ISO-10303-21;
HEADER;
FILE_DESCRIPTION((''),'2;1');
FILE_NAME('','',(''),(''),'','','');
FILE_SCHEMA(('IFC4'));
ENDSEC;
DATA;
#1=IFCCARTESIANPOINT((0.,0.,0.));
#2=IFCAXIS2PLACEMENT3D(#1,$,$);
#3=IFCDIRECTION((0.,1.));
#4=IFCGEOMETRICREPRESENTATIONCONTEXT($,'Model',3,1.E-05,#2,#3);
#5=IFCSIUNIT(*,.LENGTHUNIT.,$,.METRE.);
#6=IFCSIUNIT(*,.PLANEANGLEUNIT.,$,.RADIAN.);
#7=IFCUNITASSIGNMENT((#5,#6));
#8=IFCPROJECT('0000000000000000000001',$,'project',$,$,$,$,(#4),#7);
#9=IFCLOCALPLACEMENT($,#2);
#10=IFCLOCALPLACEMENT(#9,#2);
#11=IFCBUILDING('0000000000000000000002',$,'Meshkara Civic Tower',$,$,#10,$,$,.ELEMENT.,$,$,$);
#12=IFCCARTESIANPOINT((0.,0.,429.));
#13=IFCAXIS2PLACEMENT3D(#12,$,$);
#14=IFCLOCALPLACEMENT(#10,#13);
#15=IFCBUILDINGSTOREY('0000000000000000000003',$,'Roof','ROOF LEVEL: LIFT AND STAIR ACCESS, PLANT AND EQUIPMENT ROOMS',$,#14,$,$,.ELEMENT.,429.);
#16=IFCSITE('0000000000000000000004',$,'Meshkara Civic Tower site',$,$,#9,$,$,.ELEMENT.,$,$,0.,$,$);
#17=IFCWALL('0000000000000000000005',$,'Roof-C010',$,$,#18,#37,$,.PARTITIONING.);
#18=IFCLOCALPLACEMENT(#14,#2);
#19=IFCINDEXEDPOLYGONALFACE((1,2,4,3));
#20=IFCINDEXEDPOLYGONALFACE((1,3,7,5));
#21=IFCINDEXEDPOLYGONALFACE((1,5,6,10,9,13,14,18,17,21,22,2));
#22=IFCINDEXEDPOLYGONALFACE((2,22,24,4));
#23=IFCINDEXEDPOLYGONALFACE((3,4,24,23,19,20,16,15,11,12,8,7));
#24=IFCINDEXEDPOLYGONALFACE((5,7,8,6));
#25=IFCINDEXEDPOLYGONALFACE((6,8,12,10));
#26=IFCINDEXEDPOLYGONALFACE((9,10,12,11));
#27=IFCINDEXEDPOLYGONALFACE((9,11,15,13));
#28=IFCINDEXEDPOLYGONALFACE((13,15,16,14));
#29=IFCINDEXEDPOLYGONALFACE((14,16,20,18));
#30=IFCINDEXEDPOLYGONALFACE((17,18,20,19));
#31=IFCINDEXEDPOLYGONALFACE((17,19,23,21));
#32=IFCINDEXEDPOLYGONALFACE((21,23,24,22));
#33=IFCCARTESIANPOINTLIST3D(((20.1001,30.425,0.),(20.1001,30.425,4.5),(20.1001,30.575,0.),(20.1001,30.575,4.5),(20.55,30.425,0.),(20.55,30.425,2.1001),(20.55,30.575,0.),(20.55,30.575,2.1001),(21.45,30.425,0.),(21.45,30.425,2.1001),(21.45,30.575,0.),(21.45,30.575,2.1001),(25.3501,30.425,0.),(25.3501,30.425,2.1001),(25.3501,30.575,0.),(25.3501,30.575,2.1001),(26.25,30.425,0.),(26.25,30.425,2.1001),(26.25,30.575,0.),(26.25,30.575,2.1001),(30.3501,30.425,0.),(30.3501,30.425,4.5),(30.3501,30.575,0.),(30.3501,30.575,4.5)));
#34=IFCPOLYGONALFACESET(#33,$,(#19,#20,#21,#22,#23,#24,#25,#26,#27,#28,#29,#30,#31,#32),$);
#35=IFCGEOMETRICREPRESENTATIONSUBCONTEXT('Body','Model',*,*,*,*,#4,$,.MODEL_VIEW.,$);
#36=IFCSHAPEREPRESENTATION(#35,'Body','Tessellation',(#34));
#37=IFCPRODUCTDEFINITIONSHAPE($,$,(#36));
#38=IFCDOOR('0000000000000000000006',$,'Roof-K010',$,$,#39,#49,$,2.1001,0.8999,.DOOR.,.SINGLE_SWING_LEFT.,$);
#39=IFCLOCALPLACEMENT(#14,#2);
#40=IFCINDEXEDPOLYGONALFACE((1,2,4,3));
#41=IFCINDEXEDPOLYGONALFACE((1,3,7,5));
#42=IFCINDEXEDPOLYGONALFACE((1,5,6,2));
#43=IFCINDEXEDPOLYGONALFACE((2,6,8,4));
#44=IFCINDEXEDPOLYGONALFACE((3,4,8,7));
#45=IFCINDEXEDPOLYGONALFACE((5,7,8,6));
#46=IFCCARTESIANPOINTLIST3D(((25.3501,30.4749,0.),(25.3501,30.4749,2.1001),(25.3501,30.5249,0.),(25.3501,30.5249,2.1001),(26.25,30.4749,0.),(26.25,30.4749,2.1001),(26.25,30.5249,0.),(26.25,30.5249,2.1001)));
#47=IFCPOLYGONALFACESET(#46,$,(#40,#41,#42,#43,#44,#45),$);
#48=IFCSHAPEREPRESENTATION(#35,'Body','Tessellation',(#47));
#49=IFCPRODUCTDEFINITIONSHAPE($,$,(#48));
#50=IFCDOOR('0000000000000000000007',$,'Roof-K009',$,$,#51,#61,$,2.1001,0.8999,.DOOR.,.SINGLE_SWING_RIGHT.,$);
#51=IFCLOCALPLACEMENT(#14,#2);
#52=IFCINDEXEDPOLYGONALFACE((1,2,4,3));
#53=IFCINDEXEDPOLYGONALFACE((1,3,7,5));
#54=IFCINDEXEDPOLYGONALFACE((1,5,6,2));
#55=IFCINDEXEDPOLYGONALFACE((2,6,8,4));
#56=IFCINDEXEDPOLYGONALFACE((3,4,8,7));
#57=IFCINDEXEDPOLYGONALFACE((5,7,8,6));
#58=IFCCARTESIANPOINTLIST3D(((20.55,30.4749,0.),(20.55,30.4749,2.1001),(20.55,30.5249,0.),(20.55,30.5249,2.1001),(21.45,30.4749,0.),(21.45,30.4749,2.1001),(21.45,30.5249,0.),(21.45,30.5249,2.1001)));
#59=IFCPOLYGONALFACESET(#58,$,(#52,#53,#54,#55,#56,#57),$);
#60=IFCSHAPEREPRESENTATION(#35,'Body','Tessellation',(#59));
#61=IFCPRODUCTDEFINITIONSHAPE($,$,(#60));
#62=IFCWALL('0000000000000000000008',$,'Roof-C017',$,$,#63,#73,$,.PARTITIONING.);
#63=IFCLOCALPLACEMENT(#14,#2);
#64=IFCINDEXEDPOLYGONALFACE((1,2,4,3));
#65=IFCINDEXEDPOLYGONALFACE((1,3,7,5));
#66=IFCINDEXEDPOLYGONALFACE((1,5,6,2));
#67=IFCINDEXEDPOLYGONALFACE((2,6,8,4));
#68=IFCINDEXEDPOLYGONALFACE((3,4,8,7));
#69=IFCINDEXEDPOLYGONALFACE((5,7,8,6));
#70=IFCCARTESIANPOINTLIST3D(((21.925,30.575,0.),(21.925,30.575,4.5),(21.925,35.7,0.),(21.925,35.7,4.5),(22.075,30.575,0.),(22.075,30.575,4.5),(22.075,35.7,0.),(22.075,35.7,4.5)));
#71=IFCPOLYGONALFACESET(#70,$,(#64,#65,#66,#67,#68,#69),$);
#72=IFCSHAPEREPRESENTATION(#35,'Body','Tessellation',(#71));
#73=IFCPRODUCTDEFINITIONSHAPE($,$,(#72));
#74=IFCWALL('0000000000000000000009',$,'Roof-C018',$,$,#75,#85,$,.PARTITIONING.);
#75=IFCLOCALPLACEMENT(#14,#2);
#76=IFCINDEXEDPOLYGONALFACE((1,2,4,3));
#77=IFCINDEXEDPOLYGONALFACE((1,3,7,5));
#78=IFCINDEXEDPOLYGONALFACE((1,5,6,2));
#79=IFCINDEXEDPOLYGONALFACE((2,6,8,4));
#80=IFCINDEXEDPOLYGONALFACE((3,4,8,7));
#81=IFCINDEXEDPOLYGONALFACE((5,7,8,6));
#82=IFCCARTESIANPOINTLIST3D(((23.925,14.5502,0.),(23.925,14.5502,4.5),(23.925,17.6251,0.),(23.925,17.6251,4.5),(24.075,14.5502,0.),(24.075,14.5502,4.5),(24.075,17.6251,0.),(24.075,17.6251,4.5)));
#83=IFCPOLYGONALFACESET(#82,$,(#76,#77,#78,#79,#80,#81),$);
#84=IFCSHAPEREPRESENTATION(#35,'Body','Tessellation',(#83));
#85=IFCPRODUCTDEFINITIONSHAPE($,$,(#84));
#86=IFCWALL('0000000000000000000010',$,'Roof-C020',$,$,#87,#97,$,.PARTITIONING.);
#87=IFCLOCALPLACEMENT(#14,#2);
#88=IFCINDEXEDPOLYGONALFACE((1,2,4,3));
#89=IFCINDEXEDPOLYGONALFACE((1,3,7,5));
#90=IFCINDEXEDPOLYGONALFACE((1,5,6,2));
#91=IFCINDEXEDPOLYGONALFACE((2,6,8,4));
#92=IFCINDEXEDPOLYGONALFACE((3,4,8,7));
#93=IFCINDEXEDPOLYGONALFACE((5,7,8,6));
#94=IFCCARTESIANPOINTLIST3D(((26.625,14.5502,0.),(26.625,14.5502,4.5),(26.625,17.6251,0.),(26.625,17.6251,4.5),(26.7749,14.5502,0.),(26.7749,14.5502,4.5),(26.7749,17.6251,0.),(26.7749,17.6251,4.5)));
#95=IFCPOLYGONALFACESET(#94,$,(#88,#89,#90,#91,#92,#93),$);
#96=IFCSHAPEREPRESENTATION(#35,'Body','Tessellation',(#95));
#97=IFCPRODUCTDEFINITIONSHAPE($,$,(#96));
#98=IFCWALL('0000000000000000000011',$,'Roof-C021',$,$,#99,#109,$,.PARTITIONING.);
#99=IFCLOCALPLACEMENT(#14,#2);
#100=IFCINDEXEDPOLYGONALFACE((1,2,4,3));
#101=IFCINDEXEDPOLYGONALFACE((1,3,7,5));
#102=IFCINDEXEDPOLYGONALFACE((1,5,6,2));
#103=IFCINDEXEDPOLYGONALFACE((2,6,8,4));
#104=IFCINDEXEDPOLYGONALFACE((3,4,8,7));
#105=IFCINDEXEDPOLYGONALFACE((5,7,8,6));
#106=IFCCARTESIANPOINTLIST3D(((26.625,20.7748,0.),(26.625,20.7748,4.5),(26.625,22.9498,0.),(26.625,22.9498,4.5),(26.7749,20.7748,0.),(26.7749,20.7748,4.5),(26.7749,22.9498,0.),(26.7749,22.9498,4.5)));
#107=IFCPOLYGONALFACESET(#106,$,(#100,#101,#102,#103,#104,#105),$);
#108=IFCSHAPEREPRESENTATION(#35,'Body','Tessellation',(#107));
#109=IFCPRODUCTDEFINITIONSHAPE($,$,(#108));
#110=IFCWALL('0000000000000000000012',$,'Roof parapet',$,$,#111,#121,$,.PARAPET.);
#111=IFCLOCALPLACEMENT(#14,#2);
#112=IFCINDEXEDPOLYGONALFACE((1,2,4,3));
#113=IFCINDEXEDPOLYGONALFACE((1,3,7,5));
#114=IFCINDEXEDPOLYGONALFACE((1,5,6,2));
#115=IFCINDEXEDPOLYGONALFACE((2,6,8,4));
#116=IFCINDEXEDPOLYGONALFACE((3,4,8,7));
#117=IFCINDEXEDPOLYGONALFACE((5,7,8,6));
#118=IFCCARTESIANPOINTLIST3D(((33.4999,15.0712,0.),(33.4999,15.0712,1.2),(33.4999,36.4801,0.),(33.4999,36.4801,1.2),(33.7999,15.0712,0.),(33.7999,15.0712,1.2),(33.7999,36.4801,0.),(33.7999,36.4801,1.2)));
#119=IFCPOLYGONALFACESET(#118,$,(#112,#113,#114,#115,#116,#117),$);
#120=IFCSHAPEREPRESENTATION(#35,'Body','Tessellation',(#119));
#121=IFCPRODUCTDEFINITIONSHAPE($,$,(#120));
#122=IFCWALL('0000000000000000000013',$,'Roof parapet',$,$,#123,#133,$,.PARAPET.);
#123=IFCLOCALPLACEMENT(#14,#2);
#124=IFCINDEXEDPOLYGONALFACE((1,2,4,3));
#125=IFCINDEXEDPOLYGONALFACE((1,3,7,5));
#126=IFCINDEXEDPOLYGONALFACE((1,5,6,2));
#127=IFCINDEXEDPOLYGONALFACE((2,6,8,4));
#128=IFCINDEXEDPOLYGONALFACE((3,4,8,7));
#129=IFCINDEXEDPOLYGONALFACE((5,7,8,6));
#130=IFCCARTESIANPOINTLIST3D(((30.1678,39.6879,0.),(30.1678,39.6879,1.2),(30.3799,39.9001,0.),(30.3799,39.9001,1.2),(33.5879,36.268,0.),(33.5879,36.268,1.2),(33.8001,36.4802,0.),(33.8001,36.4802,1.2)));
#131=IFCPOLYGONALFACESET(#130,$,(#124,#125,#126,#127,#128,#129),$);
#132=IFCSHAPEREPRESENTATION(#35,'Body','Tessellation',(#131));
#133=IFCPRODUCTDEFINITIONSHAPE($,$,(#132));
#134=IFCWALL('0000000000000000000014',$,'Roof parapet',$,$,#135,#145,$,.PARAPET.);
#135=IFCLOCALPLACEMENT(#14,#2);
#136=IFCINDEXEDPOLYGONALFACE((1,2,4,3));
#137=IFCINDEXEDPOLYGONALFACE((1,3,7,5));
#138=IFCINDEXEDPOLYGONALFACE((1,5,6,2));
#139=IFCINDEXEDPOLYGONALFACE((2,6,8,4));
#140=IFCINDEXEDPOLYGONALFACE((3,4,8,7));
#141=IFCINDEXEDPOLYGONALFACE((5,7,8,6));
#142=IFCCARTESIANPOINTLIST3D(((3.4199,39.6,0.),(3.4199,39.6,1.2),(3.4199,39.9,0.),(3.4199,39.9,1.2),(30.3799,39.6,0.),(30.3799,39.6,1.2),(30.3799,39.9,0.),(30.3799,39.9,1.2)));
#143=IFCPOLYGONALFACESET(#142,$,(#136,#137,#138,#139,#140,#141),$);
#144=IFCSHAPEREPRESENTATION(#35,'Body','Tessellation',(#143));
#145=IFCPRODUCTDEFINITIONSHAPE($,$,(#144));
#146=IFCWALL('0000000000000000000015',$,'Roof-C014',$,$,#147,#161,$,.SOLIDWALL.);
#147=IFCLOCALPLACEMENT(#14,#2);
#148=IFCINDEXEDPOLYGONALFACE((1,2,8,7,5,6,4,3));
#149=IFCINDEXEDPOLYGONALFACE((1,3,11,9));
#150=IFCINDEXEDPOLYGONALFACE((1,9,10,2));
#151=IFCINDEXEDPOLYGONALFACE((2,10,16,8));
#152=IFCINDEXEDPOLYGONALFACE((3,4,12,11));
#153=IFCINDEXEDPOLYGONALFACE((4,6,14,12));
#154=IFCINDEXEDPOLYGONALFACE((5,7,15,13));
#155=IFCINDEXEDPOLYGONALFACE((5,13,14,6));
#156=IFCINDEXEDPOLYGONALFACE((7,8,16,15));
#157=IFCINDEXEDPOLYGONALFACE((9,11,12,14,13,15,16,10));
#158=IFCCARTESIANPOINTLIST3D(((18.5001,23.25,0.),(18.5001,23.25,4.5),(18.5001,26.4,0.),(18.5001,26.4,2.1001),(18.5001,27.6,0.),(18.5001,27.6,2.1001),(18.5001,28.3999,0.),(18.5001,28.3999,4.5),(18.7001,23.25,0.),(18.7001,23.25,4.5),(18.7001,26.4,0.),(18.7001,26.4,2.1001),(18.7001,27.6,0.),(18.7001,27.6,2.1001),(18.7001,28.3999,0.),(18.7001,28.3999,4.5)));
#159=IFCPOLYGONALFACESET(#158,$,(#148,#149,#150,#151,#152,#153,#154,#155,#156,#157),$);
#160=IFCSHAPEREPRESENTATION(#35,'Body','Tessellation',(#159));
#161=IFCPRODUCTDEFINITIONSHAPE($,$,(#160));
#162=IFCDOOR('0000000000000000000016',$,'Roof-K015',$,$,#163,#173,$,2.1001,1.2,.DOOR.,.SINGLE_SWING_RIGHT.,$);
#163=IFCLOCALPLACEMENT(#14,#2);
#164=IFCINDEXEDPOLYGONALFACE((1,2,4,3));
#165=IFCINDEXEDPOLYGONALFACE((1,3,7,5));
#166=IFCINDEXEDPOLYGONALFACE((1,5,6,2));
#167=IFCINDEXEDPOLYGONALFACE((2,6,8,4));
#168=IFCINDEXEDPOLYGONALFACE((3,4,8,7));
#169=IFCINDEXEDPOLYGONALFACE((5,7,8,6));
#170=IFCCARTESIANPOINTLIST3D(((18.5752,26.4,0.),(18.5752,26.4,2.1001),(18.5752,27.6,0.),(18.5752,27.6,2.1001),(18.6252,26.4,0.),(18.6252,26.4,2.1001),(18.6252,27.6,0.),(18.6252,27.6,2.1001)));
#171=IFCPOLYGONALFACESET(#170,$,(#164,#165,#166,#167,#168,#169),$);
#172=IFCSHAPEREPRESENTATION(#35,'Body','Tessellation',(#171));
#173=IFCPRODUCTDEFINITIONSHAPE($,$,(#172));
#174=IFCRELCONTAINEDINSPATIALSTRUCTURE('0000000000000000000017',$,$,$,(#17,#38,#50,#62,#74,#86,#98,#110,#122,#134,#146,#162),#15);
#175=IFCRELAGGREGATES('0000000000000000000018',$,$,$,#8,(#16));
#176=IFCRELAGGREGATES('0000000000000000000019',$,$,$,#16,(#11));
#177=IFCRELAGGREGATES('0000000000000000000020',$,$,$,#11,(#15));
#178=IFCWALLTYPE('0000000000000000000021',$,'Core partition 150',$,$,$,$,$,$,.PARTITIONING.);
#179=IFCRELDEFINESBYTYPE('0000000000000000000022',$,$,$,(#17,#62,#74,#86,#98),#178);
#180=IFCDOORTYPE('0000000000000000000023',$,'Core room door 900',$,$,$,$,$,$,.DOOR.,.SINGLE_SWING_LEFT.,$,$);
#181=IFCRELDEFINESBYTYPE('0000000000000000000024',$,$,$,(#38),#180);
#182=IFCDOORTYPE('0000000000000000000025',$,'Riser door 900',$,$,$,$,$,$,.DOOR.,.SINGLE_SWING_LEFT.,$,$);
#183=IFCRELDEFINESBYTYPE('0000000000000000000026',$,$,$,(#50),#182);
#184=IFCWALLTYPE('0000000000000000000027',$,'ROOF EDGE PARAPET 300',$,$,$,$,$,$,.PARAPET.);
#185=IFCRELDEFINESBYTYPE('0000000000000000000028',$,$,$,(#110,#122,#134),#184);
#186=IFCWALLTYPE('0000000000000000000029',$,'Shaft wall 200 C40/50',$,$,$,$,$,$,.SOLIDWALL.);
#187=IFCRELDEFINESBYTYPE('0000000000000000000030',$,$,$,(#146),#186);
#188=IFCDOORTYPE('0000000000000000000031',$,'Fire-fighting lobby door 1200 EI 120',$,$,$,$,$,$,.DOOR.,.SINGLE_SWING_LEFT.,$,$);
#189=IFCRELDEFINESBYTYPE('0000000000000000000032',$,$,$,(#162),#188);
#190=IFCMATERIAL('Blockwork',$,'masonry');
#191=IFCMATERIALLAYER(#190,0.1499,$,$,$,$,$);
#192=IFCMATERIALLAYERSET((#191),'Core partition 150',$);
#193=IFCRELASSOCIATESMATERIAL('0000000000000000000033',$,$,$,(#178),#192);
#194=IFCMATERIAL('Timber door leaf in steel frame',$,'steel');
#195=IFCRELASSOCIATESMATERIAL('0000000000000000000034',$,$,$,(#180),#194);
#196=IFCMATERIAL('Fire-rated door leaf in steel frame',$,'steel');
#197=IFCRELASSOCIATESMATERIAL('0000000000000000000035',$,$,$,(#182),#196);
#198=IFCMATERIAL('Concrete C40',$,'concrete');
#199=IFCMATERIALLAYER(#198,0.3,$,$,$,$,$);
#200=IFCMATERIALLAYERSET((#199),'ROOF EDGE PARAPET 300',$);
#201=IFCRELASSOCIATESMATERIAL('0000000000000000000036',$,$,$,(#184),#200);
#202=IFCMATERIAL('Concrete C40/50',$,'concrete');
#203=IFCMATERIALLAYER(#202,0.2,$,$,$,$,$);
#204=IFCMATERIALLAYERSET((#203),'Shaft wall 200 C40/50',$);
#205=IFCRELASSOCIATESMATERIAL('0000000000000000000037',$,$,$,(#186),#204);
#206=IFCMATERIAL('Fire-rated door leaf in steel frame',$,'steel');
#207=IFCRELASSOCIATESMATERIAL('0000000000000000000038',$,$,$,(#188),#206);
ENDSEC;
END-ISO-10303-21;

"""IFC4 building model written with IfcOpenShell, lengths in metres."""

from ifc_helpers import new_model, si_unit, direction, frame, frame_2d, origin, place, context, subcontext, project, spatial, rectangle, extrude, material, layer, layer_set, type_object, element, fill, save


model = new_model("IFC4")

# Units and contexts
model_context = context("Model", 3, precision=1e-05, world=origin(), true_north=direction((0.0, 1.0)))
body_context = subcontext(model_context, "Body", "Model", "MODEL_VIEW")
ifc_project = project(units=[si_unit("LENGTHUNIT", "METRE"), si_unit("PLANEANGLEUNIT", "RADIAN")], contexts=[model_context])

# Site, building, storey
site_placement = place(None, origin())
site = spatial("IfcSite", under=ifc_project, at=site_placement, Name="Meshkara Civic Tower site", CompositionType="ELEMENT", RefElevation=0.0)
building_placement = place(site_placement, origin())
building = spatial("IfcBuilding", under=site, at=building_placement, Name="Meshkara Civic Tower", CompositionType="ELEMENT")
storey_placement = place(building_placement, frame((0.0, 0.0, 429.0)))
storey = spatial("IfcBuildingStorey", under=building, at=storey_placement, Name="Roof", Description="ROOF LEVEL: LIFT AND STAIR ACCESS, PLANT AND EQUIPMENT ROOMS", CompositionType="ELEMENT", Elevation=429.0)

# Wall, openings, doors
ifc_material_1 = material(Name="Blockwork", Category="masonry")
ifc_layer_1 = layer(ifc_material_1, 0.1499)
ifc_layer_set_1 = layer_set([ifc_layer_1], Name="Core partition 150")
wall_type_1 = type_object("IfcWallType", Name="Core partition 150", PredefinedType="PARTITIONING", material=ifc_layer_set_1)
wall_1_placement = place(storey_placement, frame((20.1001, 30.5, 0.0), z_axis=(0.0, 0.0, 1.0), x_axis=(1.0, 0.0, 0.0)))
wall_1 = element("IfcWall", 1, at=wall_1_placement, inside=storey, type_object=wall_type_1, Name="Roof-C010", PredefinedType="PARTITIONING", context=body_context, shape_type="SweptSolid", body=[
    extrude(rectangle(XDim=10.25, YDim=0.1499, at=frame_2d((5.125, 0.0))), origin(), (0.0, 0.0, 1.0), 4.5),
])
opening_1_placement = place(wall_1_placement, frame((0.45, 0.0, 0.0)))
opening_1 = element("IfcOpeningElement", 2, at=opening_1_placement, cuts=wall_1, PredefinedType="OPENING", context=body_context, shape_type="SweptSolid", body=[
    extrude(rectangle(XDim=0.8999, YDim=2.1001, at=frame_2d((0.45, 1.05))), frame((0.0, 0.085, 0.0), z_axis=(0.0, -1.0, 0.0), x_axis=(1.0, 0.0, 0.0)), (0.0, 0.0, 1.0), 0.1699),
])
opening_2_placement = place(wall_1_placement, frame((5.25, 0.0, 0.0)))
opening_2 = element("IfcOpeningElement", 3, at=opening_2_placement, cuts=wall_1, PredefinedType="OPENING", context=body_context, shape_type="SweptSolid", body=[
    extrude(rectangle(XDim=0.8999, YDim=2.1001, at=frame_2d((0.45, 1.05))), frame((0.0, 0.085, 0.0), z_axis=(0.0, -1.0, 0.0), x_axis=(1.0, 0.0, 0.0)), (0.0, 0.0, 1.0), 0.1699),
])
ifc_material_2 = material(Name="Timber door leaf in steel frame", Category="steel")
door_type_1 = type_object("IfcDoorType", Name="Core room door 900", OperationType="SINGLE_SWING_LEFT", PredefinedType="DOOR", material=ifc_material_2)
door_1_placement = place(opening_2_placement, origin())
door_1 = element("IfcDoor", 4, at=door_1_placement, inside=storey, type_object=door_type_1, Name="Roof-K010", OperationType="SINGLE_SWING_LEFT", OverallHeight=2.1001, OverallWidth=0.8999, PredefinedType="DOOR", context=body_context, shape_type="SweptSolid", body=[
    extrude(rectangle(XDim=0.8999, YDim=2.1001, at=frame_2d((0.45, 1.05))), frame((0.0, 0.0249, 0.0), z_axis=(0.0, -1.0, 0.0), x_axis=(1.0, 0.0, 0.0)), (0.0, 0.0, 1.0), 0.05),
])
fill(opening_2, door_1)
ifc_material_3 = material(Name="Fire-rated door leaf in steel frame", Category="steel")
door_type_2 = type_object("IfcDoorType", Name="Riser door 900", OperationType="SINGLE_SWING_LEFT", PredefinedType="DOOR", material=ifc_material_3)
door_2_placement = place(opening_1_placement, origin())
door_2 = element("IfcDoor", 5, at=door_2_placement, inside=storey, type_object=door_type_2, Name="Roof-K009", OperationType="SINGLE_SWING_RIGHT", OverallHeight=2.1001, OverallWidth=0.8999, PredefinedType="DOOR", context=body_context, shape_type="SweptSolid", body=[
    extrude(rectangle(XDim=0.8999, YDim=2.1001, at=frame_2d((0.45, 1.05))), frame((0.0, 0.0249, 0.0), z_axis=(0.0, -1.0, 0.0), x_axis=(1.0, 0.0, 0.0)), (0.0, 0.0, 1.0), 0.05),
])
fill(opening_1, door_2)

# Walls
wall_2_placement = place(storey_placement, frame((22.0, 30.575, 0.0), z_axis=(0.0, 0.0, 1.0), x_axis=(0.0, 1.0, 0.0)))
element("IfcWall", 6, at=wall_2_placement, inside=storey, type_object=wall_type_1, Name="Roof-C017", PredefinedType="PARTITIONING", context=body_context, shape_type="SweptSolid", body=[
    extrude(rectangle(XDim=5.125, YDim=0.1499, at=frame_2d((2.5625, 0.0))), origin(), (0.0, 0.0, 1.0), 4.5),
])
for number, where, z_axis, x_axis, name in (
    (7, (24.0, 14.55, 0.0), (0.0, 0.0, 1.0), (0.0, 1.0, 0.0), "Roof-C018"),
    (8, (26.7, 14.55, 0.0), (0.0, 0.0, 1.0), (0.0, 1.0, 0.0), "Roof-C020"),
):
    element("IfcWall", number, at=place(storey_placement, frame(where, z_axis=z_axis, x_axis=x_axis)), inside=storey, type_object=wall_type_1, Name=name, PredefinedType="PARTITIONING", context=body_context, shape_type="SweptSolid", body=[
        extrude(rectangle(XDim=3.075, YDim=0.1499, at=frame_2d((1.5376, 0.0))), origin(), (0.0, 0.0, 1.0), 4.5),
    ])
wall_3_placement = place(storey_placement, frame((26.7, 20.7749, 0.0), z_axis=(0.0, 0.0, 1.0), x_axis=(0.0, 1.0, 0.0)))
element("IfcWall", 9, at=wall_3_placement, inside=storey, type_object=wall_type_1, Name="Roof-C021", PredefinedType="PARTITIONING", context=body_context, shape_type="SweptSolid", body=[
    extrude(rectangle(XDim=2.175, YDim=0.1499, at=frame_2d((1.0874, 0.0))), origin(), (0.0, 0.0, 1.0), 4.5),
])
ifc_material_4 = material(Name="Concrete C40", Category="concrete")
ifc_layer_2 = layer(ifc_material_4, 0.3)
ifc_layer_set_2 = layer_set([ifc_layer_2], Name="ROOF EDGE PARAPET 300")
wall_type_2 = type_object("IfcWallType", Name="ROOF EDGE PARAPET 300", PredefinedType="PARAPET", material=ifc_layer_set_2)
wall_4_placement = place(storey_placement, frame((33.6499, 15.071, 0.0), z_axis=(0.0, 0.0, 1.0), x_axis=(0.0, 1.0, 0.0)))
element("IfcWall", 10, at=wall_4_placement, inside=storey, type_object=wall_type_2, Name="Roof parapet", PredefinedType="PARAPET", context=body_context, shape_type="SweptSolid", body=[
    extrude(rectangle(XDim=21.4089, YDim=0.3, at=frame_2d((10.7046, 0.0))), origin(), (0.0, 0.0, 1.0), 1.2),
])
wall_5_placement = place(storey_placement, frame((33.6941, 36.374, 0.0), z_axis=(0.0, 0.0, 1.0), x_axis=(-0.707132, 0.707082, 0.0)))
element("IfcWall", 11, at=wall_5_placement, inside=storey, type_object=wall_type_2, Name="Roof parapet", PredefinedType="PARAPET", context=body_context, shape_type="SweptSolid", body=[
    extrude(rectangle(XDim=4.8367, YDim=0.3, at=frame_2d((2.4185, 0.0))), origin(), (0.0, 0.0, 1.0), 1.2),
])
wall_6_placement = place(storey_placement, frame((30.3799, 39.75, 0.0), z_axis=(0.0, 0.0, 1.0), x_axis=(-1.0, 0.0, 0.0)))
element("IfcWall", 12, at=wall_6_placement, inside=storey, type_object=wall_type_2, Name="Roof parapet", PredefinedType="PARAPET", context=body_context, shape_type="SweptSolid", body=[
    extrude(rectangle(XDim=26.96, YDim=0.3, at=frame_2d((13.48, 0.0))), origin(), (0.0, 0.0, 1.0), 1.2),
])

# Wall, opening, door
ifc_material_5 = material(Name="Concrete C40/50", Category="concrete")
ifc_layer_3 = layer(ifc_material_5, 0.2)
ifc_layer_set_3 = layer_set([ifc_layer_3], Name="Shaft wall 200 C40/50")
wall_type_3 = type_object("IfcWallType", Name="Shaft wall 200 C40/50", PredefinedType="SOLIDWALL", material=ifc_layer_set_3)
wall_7_placement = place(storey_placement, frame((18.6001, 23.25, 0.0), z_axis=(0.0, 0.0, 1.0), x_axis=(0.0, 1.0, 0.0)))
wall_7 = element("IfcWall", 13, at=wall_7_placement, inside=storey, type_object=wall_type_3, Name="Roof-C014", PredefinedType="SOLIDWALL", context=body_context, shape_type="SweptSolid", body=[
    extrude(rectangle(XDim=5.1499, YDim=0.2, at=frame_2d((2.575, 0.0))), origin(), (0.0, 0.0, 1.0), 4.5),
])
opening_3_placement = place(wall_7_placement, frame((3.1499, 0.0, 0.0)))
opening_3 = element("IfcOpeningElement", 14, at=opening_3_placement, cuts=wall_7, PredefinedType="OPENING", context=body_context, shape_type="SweptSolid", body=[
    extrude(rectangle(XDim=1.2, YDim=2.1001, at=frame_2d((0.6001, 1.05))), frame((0.0, 0.1099, 0.0), z_axis=(0.0, -1.0, 0.0), x_axis=(1.0, 0.0, 0.0)), (0.0, 0.0, 1.0), 0.22),
])
ifc_material_6 = material(Name="Fire-rated door leaf in steel frame", Category="steel")
door_type_3 = type_object("IfcDoorType", Name="Fire-fighting lobby door 1200 EI 120", OperationType="SINGLE_SWING_LEFT", PredefinedType="DOOR", material=ifc_material_6)
door_3_placement = place(opening_3_placement, origin())
door_3 = element("IfcDoor", 15, at=door_3_placement, inside=storey, type_object=door_type_3, Name="Roof-K015", OperationType="SINGLE_SWING_RIGHT", OverallHeight=2.1001, OverallWidth=1.2, PredefinedType="DOOR", context=body_context, shape_type="SweptSolid", body=[
    extrude(rectangle(XDim=1.2, YDim=2.1001, at=frame_2d((0.6001, 1.05))), frame((0.0, 0.0249, 0.0), z_axis=(0.0, -1.0, 0.0), x_axis=(1.0, 0.0, 0.0)), (0.0, 0.0, 1.0), 0.05),
])
fill(opening_3, door_3)

save(model, "model.ifc")
